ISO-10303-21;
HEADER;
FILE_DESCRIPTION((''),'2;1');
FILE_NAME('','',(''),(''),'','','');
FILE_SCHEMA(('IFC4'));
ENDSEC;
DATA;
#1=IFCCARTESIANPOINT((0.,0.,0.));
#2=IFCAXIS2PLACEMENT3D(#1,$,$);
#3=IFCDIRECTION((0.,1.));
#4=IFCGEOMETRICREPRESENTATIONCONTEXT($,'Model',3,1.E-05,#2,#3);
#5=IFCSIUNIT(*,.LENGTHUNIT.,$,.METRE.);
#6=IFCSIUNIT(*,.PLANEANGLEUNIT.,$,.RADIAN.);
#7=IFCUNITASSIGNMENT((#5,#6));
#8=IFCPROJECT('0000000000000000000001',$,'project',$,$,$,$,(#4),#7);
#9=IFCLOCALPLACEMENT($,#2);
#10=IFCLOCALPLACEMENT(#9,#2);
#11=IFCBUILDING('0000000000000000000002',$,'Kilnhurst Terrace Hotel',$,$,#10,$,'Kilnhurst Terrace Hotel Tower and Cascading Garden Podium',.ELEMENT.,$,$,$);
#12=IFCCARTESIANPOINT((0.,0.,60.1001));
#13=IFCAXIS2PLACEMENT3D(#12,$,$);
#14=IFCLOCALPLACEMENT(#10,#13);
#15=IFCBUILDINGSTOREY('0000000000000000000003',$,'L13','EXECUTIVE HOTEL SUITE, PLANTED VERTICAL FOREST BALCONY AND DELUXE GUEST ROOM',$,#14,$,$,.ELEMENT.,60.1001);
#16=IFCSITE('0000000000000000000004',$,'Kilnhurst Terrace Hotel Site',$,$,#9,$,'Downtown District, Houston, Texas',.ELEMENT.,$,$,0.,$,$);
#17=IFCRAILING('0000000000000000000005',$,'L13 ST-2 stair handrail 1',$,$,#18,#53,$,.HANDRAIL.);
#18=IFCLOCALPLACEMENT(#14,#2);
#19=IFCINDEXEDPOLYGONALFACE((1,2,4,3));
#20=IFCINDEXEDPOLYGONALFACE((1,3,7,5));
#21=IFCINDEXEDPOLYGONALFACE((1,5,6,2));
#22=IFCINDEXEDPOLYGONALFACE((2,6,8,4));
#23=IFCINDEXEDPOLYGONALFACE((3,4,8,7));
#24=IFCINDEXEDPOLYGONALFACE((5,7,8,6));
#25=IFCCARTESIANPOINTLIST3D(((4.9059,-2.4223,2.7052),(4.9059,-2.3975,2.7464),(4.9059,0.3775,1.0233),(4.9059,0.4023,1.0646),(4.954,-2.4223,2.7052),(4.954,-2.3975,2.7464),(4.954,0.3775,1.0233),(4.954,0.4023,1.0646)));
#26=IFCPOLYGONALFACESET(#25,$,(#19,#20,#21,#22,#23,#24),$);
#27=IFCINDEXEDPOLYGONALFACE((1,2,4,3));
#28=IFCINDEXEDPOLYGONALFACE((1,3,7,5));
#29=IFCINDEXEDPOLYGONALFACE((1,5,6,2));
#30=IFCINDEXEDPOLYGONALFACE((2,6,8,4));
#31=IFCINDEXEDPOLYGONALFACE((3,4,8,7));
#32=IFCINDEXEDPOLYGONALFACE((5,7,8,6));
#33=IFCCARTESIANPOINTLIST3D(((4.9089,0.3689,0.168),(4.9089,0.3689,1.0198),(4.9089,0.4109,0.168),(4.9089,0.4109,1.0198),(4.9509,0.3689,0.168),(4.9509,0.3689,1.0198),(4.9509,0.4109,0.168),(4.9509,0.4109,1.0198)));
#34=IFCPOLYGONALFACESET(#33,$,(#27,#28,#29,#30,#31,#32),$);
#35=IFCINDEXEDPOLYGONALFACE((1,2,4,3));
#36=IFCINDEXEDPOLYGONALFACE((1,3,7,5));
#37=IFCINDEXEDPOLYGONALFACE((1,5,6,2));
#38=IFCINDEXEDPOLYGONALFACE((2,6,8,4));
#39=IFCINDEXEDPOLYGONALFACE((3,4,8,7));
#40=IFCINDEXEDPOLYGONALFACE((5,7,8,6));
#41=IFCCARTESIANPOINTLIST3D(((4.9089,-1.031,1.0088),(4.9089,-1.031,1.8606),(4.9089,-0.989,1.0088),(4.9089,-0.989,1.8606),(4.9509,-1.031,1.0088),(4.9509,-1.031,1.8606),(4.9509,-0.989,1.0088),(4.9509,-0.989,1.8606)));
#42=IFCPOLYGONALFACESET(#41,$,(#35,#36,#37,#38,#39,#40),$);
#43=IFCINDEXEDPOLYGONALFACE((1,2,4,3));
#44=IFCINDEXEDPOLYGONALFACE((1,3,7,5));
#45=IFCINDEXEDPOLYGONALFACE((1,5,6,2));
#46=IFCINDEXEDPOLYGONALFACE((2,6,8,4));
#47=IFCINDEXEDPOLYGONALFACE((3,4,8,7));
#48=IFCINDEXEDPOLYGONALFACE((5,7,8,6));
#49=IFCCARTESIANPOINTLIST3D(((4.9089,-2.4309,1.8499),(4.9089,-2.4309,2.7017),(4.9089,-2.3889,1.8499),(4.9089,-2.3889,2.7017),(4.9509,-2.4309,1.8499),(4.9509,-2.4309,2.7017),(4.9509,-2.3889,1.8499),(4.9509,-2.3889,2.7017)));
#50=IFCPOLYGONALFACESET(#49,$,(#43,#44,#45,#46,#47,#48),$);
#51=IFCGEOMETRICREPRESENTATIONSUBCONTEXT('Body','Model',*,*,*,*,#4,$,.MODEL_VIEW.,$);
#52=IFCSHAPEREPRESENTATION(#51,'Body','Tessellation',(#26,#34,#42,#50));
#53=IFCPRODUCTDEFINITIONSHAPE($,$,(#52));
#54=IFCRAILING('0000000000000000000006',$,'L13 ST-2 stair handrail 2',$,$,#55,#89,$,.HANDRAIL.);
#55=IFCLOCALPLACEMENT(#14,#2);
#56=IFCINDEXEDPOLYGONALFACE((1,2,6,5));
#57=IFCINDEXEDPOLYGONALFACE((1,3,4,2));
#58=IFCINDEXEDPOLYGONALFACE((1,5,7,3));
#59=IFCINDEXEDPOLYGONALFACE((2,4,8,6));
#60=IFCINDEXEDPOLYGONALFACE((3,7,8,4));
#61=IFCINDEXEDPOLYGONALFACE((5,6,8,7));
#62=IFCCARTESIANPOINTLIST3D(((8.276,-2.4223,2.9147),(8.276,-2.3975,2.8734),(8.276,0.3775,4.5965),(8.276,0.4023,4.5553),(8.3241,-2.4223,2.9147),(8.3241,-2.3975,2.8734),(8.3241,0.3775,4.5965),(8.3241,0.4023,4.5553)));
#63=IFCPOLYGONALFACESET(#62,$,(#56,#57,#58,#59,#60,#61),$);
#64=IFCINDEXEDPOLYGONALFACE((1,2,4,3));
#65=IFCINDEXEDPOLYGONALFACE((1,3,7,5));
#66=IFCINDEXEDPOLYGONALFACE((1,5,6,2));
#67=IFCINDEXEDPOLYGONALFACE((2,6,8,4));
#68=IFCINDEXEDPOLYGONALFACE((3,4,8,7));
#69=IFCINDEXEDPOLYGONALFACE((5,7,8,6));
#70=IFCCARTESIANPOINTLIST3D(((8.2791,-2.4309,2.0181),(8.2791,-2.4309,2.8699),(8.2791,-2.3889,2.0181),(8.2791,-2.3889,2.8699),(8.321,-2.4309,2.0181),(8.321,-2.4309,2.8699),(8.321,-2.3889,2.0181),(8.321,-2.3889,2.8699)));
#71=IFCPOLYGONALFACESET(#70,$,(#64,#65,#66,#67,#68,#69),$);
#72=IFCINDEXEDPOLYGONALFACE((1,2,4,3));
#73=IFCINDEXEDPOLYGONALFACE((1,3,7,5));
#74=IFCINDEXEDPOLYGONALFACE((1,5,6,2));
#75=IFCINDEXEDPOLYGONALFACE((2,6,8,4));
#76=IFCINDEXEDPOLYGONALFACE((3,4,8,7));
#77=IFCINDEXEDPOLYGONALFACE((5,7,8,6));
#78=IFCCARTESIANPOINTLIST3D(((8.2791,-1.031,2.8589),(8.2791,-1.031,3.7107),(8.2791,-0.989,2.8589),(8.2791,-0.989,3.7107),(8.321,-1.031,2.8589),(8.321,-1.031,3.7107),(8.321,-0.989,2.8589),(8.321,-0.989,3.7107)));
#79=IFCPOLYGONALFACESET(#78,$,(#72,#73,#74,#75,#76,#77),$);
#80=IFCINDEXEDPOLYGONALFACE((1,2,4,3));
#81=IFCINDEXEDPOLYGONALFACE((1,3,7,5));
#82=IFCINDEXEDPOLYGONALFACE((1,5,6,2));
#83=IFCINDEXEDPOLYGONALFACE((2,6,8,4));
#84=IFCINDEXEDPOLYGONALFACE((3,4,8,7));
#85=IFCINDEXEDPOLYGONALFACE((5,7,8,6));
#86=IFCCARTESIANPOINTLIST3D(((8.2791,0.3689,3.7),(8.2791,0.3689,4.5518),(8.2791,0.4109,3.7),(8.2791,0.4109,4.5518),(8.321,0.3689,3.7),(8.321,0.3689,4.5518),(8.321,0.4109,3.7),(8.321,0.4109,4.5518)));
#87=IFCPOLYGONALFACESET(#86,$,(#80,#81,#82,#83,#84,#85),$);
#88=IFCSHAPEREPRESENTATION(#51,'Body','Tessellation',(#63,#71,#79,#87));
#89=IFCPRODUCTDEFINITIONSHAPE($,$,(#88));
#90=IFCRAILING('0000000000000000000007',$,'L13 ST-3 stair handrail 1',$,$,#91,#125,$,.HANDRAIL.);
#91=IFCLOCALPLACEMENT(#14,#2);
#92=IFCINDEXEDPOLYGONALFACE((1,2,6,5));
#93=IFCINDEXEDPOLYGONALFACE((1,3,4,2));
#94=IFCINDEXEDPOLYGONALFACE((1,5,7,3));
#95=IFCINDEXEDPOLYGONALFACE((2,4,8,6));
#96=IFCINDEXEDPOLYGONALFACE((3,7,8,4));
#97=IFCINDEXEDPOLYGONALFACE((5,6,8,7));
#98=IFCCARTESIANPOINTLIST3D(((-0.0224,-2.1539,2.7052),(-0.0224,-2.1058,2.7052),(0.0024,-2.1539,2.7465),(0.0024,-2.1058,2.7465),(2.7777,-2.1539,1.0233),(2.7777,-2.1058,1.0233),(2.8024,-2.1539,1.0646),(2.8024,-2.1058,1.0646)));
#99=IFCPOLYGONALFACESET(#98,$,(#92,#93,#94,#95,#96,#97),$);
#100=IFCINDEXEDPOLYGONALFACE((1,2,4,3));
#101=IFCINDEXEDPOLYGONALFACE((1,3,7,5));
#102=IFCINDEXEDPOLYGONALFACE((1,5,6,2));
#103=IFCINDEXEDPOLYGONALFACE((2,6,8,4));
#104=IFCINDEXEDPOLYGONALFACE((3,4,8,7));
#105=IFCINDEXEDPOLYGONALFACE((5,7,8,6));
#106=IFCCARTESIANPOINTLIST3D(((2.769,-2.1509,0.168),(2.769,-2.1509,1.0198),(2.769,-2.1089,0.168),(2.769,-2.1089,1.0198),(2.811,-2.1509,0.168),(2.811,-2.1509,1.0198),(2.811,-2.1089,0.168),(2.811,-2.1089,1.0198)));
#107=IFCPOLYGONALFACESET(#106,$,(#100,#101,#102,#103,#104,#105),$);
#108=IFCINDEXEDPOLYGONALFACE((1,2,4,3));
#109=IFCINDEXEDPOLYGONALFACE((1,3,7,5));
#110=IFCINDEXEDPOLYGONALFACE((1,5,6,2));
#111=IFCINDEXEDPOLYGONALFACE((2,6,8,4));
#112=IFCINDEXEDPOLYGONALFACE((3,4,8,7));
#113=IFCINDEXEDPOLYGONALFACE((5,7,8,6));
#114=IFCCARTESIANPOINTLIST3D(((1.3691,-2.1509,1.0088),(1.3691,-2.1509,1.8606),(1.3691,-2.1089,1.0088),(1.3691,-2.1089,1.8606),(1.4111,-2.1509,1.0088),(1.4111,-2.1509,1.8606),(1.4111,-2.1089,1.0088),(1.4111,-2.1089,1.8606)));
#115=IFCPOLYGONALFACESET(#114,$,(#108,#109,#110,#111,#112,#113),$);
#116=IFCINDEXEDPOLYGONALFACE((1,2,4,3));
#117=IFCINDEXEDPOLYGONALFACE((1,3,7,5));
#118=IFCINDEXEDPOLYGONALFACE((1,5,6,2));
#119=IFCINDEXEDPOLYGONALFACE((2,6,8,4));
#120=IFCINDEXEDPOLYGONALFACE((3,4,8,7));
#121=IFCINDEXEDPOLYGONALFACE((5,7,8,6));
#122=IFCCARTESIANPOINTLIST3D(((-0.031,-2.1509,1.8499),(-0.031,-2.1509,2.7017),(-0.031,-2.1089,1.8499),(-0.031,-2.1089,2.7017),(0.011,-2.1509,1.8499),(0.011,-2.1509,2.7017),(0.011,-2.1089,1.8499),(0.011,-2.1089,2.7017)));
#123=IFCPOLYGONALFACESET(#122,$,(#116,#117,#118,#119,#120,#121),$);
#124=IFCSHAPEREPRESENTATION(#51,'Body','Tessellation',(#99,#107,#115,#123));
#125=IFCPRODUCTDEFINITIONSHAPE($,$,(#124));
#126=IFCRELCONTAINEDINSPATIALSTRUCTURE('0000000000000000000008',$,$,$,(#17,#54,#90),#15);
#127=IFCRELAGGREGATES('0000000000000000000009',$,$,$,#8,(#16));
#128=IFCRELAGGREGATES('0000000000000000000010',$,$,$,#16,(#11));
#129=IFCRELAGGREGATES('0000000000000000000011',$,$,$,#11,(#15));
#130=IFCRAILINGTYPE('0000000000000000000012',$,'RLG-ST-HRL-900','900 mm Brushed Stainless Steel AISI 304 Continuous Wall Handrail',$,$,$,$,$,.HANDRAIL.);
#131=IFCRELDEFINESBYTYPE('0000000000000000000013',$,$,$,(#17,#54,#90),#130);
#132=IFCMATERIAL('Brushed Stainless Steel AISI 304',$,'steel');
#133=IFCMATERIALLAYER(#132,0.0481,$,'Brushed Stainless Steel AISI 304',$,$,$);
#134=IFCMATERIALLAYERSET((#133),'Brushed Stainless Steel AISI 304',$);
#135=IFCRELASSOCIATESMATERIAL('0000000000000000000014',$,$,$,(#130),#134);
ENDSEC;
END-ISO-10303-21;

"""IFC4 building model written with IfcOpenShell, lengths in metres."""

from ifc_helpers import new_model, si_unit, direction, frame, origin, origin_2d, place, context, subcontext, project, spatial, rectangle, extrude, material, layer, layer_set, type_object, element, save


model = new_model("IFC4")

# Units and contexts
model_context = context("Model", 3, precision=1e-05, world=origin(), true_north=direction((0.0, 1.0)))
body_context = subcontext(model_context, "Body", "Model", "MODEL_VIEW")
ifc_project = project(units=[si_unit("LENGTHUNIT", "METRE"), si_unit("PLANEANGLEUNIT", "RADIAN")], contexts=[model_context])

# Site, building, storey
site_placement = place(None, origin())
site = spatial("IfcSite", under=ifc_project, at=site_placement, Name="Kilnhurst Terrace Hotel Site", LongName="Downtown District, Houston, Texas", CompositionType="ELEMENT", RefElevation=0.0)
building_placement = place(site_placement, origin())
building = spatial("IfcBuilding", under=site, at=building_placement, Name="Kilnhurst Terrace Hotel", LongName="Kilnhurst Terrace Hotel Tower and Cascading Garden Podium", CompositionType="ELEMENT")
storey_placement = place(building_placement, frame((0.0, 0.0, 60.1001)))
storey = spatial("IfcBuildingStorey", under=building, at=storey_placement, Name="L13", Description="EXECUTIVE HOTEL SUITE, PLANTED VERTICAL FOREST BALCONY AND DELUXE GUEST ROOM", CompositionType="ELEMENT", Elevation=60.1001)

# Railings
ifc_material_1 = material(Name="Brushed Stainless Steel AISI 304", Category="steel")
ifc_layer_1 = layer(ifc_material_1, 0.0481, Name="Brushed Stainless Steel AISI 304")
ifc_layer_set_1 = layer_set([ifc_layer_1], Name="Brushed Stainless Steel AISI 304")
railing_type_1 = type_object("IfcRailingType", Name="RLG-ST-HRL-900", Description="900 mm Brushed Stainless Steel AISI 304 Continuous Wall Handrail", PredefinedType="HANDRAIL", material=ifc_layer_set_1)
railing_1_placement = place(storey_placement, frame((4.9299, 0.3899, 0.168)))
element("IfcRailing", 1, at=railing_1_placement, inside=storey, type_object=railing_type_1, Name="L13 ST-2 stair handrail 1", PredefinedType="HANDRAIL", context=body_context, shape_type="SweptSolid", body=[
    extrude(rectangle(XDim=0.0481, YDim=0.0481, at=origin_2d()), frame((0.0, 0.0, 0.876), z_axis=(0.0, -0.857222, 0.514946), x_axis=(1.0, 0.0, 0.0)), (0.0, 0.0, 1.0), 3.2661),
    extrude(rectangle(XDim=0.042, YDim=0.042, at=origin_2d()), origin(), (0.0, 0.0, 1.0), 0.8518),
    extrude(rectangle(XDim=0.042, YDim=0.042, at=origin_2d()), frame((0.0, -1.3999, 0.8408)), (0.0, 0.0, 1.0), 0.8518),
    extrude(rectangle(XDim=0.042, YDim=0.042, at=origin_2d()), frame((0.0, -2.7998, 1.6819)), (0.0, 0.0, 1.0), 0.8518),
])
railing_2_placement = place(storey_placement, frame((8.3, -2.4099, 2.0181)))
element("IfcRailing", 2, at=railing_2_placement, inside=storey, type_object=railing_type_1, Name="L13 ST-2 stair handrail 2", PredefinedType="HANDRAIL", context=body_context, shape_type="SweptSolid", body=[
    extrude(rectangle(XDim=0.0481, YDim=0.0481, at=origin_2d()), frame((0.0, 0.0, 0.876), z_axis=(0.0, 0.857222, 0.514946), x_axis=(-1.0, 0.0, 0.0)), (0.0, 0.0, 1.0), 3.2661),
    extrude(rectangle(XDim=0.042, YDim=0.042, at=origin_2d()), origin(), (0.0, 0.0, 1.0), 0.8518),
    extrude(rectangle(XDim=0.042, YDim=0.042, at=origin_2d()), frame((0.0, 1.3999, 0.8408)), (0.0, 0.0, 1.0), 0.8518),
    extrude(rectangle(XDim=0.042, YDim=0.042, at=origin_2d()), frame((0.0, 2.7998, 1.6819)), (0.0, 0.0, 1.0), 0.8518),
])
railing_3_placement = place(storey_placement, frame((2.79, -2.1299, 0.168)))
element("IfcRailing", 3, at=railing_3_placement, inside=storey, type_object=railing_type_1, Name="L13 ST-3 stair handrail 1", PredefinedType="HANDRAIL", context=body_context, shape_type="SweptSolid", body=[
    extrude(rectangle(XDim=0.0481, YDim=0.0481, at=origin_2d()), frame((0.0, 0.0, 0.876), z_axis=(-0.857242, 0.0, 0.514913), x_axis=(0.0, -1.0, 0.0)), (0.0, 0.0, 1.0), 3.2664),
    extrude(rectangle(XDim=0.042, YDim=0.042, at=origin_2d()), origin(), (0.0, 0.0, 1.0), 0.8518),
    extrude(rectangle(XDim=0.042, YDim=0.042, at=origin_2d()), frame((-1.3999, 0.0, 0.8408)), (0.0, 0.0, 1.0), 0.8518),
    extrude(rectangle(XDim=0.042, YDim=0.042, at=origin_2d()), frame((-2.8, 0.0, 1.6819)), (0.0, 0.0, 1.0), 0.8518),
])

save(model, "model.ifc")
